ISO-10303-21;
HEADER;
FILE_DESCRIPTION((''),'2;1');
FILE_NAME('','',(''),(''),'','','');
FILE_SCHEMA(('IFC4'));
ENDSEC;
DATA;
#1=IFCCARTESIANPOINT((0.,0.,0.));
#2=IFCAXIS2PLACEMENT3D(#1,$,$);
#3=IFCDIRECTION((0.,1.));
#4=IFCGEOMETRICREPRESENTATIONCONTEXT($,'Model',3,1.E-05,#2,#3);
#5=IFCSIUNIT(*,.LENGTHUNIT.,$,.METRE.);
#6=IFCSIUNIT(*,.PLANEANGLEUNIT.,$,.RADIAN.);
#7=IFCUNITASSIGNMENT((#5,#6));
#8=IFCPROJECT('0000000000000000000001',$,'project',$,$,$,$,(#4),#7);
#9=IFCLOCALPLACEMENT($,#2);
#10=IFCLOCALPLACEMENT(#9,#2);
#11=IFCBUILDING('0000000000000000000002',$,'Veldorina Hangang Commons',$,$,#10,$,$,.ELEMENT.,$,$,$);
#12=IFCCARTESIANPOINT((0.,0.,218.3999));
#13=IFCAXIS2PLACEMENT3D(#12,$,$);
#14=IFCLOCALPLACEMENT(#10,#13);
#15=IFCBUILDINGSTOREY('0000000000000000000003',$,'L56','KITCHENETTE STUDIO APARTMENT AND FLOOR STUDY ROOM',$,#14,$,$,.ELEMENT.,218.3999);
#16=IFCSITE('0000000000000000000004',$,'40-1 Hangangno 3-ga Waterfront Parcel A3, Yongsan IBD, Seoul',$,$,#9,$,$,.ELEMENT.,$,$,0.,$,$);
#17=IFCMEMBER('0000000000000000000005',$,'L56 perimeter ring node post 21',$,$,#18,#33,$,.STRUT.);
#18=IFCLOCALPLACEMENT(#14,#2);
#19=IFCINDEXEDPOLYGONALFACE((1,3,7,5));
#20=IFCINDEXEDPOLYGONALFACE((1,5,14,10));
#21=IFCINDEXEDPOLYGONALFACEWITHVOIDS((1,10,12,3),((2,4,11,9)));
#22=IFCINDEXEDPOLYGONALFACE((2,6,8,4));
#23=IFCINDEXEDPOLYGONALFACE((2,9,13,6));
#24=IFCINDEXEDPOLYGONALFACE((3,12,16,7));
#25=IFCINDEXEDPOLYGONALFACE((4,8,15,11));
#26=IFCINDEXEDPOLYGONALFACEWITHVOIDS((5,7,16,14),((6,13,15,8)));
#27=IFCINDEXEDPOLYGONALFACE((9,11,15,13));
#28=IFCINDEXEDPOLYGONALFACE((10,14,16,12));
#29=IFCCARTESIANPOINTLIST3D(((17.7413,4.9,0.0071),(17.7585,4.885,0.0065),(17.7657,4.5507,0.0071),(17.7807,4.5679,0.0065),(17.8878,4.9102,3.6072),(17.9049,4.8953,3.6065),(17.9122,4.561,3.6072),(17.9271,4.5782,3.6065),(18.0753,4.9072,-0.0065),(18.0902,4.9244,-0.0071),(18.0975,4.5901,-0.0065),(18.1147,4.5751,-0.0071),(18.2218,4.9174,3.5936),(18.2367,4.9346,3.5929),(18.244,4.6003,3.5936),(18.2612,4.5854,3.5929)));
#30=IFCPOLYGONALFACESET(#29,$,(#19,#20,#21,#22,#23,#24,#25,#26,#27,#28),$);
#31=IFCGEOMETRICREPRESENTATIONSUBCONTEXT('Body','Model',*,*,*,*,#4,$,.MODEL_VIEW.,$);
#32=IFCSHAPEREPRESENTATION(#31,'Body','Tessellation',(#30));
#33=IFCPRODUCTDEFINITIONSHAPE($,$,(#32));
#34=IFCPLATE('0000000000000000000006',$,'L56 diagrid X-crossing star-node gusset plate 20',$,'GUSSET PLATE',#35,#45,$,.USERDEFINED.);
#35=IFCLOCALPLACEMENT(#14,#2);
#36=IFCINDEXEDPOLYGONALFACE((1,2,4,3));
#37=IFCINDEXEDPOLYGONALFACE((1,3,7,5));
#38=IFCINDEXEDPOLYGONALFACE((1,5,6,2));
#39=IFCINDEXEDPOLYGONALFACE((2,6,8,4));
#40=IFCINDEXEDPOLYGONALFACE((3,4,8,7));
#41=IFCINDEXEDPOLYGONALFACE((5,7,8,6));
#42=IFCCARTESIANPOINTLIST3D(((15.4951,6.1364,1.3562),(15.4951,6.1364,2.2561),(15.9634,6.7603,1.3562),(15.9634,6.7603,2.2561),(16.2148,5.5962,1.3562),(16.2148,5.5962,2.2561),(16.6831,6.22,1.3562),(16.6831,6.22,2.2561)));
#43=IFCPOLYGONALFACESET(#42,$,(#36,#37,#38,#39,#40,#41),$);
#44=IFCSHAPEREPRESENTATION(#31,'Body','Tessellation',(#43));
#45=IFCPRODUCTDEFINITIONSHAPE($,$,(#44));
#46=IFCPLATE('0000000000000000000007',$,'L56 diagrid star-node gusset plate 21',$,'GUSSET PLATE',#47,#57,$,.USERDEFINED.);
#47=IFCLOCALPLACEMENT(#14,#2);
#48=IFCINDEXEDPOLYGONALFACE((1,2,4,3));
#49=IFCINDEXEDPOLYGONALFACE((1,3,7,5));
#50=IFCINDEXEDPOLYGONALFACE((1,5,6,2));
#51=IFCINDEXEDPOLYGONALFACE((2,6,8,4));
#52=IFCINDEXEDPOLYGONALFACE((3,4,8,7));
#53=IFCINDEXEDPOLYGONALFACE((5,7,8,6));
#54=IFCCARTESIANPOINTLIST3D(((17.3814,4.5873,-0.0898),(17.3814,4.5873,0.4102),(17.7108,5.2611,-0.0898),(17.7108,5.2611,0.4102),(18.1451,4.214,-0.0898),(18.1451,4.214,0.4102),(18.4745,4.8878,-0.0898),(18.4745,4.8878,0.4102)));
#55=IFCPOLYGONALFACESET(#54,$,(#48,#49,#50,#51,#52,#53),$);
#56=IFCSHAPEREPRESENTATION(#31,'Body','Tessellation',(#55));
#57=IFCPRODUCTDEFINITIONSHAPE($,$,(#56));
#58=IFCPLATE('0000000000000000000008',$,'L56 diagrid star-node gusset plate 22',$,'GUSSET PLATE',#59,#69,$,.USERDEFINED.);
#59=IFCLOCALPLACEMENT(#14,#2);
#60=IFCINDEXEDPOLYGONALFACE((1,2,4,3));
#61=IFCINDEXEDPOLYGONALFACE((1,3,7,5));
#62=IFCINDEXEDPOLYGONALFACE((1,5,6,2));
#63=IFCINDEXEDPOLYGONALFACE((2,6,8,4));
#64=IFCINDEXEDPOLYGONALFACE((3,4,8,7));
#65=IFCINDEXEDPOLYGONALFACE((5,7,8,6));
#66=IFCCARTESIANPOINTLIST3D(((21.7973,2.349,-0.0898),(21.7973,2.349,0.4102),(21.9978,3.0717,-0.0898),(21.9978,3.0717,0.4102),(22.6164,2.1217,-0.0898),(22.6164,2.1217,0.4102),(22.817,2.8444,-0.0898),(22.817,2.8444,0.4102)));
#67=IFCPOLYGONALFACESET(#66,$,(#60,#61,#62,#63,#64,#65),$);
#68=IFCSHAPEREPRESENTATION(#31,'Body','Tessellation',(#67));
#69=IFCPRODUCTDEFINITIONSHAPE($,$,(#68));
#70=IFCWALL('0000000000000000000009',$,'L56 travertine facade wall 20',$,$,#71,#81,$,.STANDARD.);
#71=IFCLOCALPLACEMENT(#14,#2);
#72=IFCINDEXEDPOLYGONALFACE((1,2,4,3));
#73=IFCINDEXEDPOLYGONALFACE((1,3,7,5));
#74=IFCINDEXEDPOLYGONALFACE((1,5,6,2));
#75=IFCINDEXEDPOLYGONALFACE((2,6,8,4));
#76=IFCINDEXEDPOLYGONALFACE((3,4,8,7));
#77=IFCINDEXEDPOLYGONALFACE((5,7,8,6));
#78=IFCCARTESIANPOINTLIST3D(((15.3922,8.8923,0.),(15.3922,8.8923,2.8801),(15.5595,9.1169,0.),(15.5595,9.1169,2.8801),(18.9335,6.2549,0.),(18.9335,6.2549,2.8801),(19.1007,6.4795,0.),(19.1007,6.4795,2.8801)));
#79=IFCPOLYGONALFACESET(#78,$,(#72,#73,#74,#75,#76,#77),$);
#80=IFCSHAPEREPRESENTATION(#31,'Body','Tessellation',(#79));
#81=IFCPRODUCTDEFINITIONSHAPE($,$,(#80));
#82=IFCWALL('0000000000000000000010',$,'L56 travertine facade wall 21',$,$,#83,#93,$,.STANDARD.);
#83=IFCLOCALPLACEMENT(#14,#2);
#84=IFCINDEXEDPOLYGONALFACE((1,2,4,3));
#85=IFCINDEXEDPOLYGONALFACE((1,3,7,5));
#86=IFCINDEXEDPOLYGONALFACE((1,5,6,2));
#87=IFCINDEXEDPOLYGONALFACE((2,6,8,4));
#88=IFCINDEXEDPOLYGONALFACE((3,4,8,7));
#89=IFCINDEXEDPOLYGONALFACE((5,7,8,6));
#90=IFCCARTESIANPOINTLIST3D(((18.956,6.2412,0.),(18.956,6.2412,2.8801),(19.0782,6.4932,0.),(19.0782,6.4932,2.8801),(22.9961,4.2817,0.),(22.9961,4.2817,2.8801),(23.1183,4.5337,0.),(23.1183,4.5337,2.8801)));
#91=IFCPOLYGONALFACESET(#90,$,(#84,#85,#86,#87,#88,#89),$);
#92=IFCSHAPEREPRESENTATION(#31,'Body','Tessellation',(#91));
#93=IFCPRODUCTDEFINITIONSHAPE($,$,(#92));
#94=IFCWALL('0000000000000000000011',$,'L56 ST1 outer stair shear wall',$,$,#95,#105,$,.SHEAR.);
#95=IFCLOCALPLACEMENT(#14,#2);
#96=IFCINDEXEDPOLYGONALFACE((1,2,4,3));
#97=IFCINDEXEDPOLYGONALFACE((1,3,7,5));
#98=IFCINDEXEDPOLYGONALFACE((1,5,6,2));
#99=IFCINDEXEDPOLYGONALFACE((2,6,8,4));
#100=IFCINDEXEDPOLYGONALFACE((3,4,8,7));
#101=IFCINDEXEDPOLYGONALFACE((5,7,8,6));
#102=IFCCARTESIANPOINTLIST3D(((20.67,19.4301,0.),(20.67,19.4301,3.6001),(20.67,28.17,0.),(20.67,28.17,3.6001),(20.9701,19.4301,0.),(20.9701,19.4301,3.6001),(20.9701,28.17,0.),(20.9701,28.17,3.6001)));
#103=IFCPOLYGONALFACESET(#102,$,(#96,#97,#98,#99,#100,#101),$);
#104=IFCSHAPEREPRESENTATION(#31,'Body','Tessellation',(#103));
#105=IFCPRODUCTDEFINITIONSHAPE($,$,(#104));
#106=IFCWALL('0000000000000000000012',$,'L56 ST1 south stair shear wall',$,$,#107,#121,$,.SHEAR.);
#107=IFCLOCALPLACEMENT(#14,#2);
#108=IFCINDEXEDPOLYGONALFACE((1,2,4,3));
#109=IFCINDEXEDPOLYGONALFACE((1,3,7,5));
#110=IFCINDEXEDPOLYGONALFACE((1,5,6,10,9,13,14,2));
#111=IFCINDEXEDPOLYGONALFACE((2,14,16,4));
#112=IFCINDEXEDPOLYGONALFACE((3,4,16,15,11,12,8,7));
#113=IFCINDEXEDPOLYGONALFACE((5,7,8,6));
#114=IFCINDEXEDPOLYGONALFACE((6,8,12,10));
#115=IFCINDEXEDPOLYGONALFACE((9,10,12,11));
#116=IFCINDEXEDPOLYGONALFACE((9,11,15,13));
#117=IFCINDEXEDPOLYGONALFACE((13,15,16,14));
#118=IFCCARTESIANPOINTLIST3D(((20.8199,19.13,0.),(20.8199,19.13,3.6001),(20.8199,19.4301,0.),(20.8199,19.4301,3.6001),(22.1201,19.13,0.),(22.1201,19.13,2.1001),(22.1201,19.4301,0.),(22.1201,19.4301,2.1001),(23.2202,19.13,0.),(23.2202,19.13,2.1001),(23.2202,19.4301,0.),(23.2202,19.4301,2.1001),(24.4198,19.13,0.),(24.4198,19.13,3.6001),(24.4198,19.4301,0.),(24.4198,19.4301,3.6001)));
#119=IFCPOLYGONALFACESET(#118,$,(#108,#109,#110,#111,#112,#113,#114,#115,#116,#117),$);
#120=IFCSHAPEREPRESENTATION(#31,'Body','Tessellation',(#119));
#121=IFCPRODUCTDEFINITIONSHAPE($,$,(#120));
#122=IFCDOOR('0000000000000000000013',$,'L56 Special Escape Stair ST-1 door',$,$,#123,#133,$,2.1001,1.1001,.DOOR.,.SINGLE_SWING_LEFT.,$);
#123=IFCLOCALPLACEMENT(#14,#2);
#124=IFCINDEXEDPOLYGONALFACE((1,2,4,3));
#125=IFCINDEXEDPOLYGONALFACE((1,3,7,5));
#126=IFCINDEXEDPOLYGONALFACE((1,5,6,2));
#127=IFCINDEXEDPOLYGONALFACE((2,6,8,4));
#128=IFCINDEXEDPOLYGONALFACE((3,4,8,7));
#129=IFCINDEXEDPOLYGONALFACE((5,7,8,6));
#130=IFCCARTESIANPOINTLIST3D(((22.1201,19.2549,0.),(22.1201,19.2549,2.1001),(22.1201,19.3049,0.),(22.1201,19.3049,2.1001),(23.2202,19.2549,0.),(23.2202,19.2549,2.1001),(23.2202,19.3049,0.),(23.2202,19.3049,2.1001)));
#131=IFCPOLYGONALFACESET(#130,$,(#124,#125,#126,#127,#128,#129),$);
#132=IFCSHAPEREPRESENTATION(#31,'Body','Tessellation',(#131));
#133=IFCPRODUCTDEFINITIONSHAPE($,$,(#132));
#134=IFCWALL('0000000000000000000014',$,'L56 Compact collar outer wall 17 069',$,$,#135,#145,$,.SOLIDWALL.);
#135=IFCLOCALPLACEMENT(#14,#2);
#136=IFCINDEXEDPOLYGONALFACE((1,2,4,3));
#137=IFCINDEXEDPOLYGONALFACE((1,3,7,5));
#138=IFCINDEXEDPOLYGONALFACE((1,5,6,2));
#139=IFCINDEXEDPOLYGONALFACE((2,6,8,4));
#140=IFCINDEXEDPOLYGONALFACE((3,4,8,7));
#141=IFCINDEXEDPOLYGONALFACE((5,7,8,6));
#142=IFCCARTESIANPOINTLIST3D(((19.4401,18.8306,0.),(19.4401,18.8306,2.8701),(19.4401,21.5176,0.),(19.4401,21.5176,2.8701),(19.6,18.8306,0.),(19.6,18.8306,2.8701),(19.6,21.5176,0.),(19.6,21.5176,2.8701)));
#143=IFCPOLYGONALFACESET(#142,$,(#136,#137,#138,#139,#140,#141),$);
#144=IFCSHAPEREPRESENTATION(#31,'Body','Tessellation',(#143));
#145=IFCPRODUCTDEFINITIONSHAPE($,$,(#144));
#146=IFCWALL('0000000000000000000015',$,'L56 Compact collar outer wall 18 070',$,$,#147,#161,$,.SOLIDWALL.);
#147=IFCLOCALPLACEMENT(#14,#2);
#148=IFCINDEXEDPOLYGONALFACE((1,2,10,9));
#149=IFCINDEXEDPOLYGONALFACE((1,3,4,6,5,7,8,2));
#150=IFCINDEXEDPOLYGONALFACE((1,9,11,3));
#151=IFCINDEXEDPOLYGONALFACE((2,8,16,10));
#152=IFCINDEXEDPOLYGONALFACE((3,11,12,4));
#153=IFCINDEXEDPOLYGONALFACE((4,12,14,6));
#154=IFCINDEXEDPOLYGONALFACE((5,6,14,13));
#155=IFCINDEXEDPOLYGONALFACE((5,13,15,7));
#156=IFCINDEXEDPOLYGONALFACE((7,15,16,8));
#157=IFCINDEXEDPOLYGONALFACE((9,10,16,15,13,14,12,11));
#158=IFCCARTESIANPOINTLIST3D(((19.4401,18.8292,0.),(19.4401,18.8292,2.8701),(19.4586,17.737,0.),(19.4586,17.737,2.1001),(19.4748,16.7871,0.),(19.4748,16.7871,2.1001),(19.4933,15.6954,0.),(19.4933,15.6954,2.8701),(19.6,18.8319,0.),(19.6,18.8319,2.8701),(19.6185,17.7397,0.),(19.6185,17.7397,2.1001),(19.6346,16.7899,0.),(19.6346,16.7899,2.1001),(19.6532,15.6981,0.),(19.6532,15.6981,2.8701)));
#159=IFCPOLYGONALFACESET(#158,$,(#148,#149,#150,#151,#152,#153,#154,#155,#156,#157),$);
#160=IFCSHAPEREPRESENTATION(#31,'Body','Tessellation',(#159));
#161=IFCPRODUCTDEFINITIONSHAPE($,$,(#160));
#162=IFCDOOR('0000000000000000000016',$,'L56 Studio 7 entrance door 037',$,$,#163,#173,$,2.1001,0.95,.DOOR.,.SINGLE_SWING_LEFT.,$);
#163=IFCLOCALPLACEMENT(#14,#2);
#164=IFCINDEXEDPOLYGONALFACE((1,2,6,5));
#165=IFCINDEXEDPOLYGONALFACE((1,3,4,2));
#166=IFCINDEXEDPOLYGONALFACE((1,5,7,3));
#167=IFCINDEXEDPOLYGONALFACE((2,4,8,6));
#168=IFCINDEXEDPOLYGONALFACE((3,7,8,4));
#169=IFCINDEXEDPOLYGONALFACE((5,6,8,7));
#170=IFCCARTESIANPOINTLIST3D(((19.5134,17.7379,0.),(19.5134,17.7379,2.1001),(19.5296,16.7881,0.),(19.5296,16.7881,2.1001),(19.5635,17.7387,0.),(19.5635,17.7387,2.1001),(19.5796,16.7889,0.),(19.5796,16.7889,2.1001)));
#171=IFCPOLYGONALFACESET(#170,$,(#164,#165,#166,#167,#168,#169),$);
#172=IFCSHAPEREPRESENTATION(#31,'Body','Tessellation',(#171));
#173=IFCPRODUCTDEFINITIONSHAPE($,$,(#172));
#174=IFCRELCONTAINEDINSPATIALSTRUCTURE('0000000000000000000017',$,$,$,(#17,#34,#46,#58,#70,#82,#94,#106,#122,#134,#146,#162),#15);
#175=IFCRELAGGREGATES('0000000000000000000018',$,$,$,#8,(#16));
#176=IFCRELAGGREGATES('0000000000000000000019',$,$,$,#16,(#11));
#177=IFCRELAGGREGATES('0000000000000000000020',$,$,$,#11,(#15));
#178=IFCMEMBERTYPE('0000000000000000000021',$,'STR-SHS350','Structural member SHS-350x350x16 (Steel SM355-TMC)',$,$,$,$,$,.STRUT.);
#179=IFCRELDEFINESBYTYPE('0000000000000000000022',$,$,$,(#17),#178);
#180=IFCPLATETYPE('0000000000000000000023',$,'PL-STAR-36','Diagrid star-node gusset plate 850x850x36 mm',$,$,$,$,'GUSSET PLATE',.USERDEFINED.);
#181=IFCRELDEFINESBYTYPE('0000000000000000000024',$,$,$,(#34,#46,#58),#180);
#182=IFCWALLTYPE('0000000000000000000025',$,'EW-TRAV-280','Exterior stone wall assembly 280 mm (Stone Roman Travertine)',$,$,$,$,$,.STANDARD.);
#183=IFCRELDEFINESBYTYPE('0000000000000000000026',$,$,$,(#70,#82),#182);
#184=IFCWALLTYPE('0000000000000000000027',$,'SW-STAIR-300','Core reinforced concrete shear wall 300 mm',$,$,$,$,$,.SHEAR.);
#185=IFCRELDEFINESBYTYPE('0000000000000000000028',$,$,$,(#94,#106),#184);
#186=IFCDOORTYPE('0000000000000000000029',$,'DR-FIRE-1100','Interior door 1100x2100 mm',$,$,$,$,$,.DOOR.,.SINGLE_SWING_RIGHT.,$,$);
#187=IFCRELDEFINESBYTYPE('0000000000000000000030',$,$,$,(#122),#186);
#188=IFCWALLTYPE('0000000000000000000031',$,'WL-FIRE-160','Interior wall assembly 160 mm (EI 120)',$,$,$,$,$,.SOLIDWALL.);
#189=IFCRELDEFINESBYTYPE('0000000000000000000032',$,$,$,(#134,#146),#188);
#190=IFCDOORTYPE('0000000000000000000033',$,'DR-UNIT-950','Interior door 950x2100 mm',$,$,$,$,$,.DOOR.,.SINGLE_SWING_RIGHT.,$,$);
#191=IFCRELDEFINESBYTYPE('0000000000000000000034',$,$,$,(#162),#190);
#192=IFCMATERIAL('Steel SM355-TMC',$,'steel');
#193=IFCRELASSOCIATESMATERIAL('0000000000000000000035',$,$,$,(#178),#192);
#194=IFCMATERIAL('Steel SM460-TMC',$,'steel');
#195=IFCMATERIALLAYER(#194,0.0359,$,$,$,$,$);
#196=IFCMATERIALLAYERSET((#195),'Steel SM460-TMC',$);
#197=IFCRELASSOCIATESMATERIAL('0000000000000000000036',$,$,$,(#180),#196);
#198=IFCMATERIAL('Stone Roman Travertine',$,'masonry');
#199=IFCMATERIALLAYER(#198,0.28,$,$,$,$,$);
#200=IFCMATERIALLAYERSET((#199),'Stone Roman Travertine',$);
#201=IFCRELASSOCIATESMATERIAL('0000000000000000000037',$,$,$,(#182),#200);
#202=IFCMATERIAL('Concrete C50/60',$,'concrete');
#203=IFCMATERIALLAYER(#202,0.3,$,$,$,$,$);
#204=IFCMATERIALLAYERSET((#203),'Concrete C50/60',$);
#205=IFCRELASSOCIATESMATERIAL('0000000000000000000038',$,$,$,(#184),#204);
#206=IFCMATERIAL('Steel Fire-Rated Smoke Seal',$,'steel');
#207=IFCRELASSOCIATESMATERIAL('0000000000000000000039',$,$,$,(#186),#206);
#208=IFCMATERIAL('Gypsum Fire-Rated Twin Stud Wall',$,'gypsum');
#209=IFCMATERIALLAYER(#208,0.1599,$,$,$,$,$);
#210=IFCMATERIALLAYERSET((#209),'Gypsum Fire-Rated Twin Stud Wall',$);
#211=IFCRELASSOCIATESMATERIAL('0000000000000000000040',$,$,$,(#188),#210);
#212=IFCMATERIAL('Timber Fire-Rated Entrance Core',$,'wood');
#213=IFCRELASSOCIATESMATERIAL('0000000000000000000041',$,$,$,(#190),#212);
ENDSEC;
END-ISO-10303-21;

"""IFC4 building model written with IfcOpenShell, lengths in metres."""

from ifc_helpers import new_model, si_unit, direction, frame, frame_2d, origin, origin_2d, place, context, subcontext, project, spatial, rectangle, hollow_rectangle, extrude, material, layer, layer_set, material_profile, profile_set, type_object, element, fill, save


model = new_model("IFC4")

# Units and contexts
model_context = context("Model", 3, precision=1e-05, world=origin(), true_north=direction((0.0, 1.0)))
body_context = subcontext(model_context, "Body", "Model", "MODEL_VIEW")
ifc_project = project(units=[si_unit("LENGTHUNIT", "METRE"), si_unit("PLANEANGLEUNIT", "RADIAN")], contexts=[model_context])

# Site, building, storey
site_placement = place(None, origin())
site = spatial("IfcSite", under=ifc_project, at=site_placement, Name="40-1 Hangangno 3-ga Waterfront Parcel A3, Yongsan IBD, Seoul", CompositionType="ELEMENT", RefElevation=0.0)
building_placement = place(site_placement, origin())
building = spatial("IfcBuilding", under=site, at=building_placement, Name="Veldorina Hangang Commons", CompositionType="ELEMENT")
storey_placement = place(building_placement, frame((0.0, 0.0, 218.3999)))
storey = spatial("IfcBuildingStorey", under=building, at=storey_placement, Name="L56", Description="KITCHENETTE STUDIO APARTMENT AND FLOOR STUDY ROOM", CompositionType="ELEMENT", Elevation=218.3999)

# Shared definitions
ifc_material_1 = material(Name="Steel SM355-TMC", Category="steel")

# Member
ifc_material_profile_1 = material_profile(ifc_material_1, hollow_rectangle(XDim=0.3501, YDim=0.3501, WallThickness=0.0161, at=origin_2d()), Name="SHS-350x350x16")
ifc_profile_set_1 = profile_set([ifc_material_profile_1], Name="Steel SM355-TMC")
member_type_1 = type_object("IfcMemberType", Name="STR-SHS350", Description="Structural member SHS-350x350x16 (Steel SM355-TMC)", PredefinedType="STRUT", material=ifc_profile_set_1)
member_1_placement = place(storey_placement, frame((17.928, 4.7375, 0.0), z_axis=(0.040655, 0.002846, 0.999169), x_axis=(-0.069829, 0.997559, 0.0)))
element("IfcMember", 1, at=member_1_placement, inside=storey, type_object=member_type_1, Name="L56 perimeter ring node post 21", PredefinedType="STRUT", context=body_context, shape_type="SweptSolid", body=[
    extrude(hollow_rectangle(XDim=0.3501, YDim=0.3501, WallThickness=0.0161, at=origin_2d()), origin(), (0.0, 0.0, 1.0), 3.603),
])

# Plates
ifc_material_2 = material(Name="Steel SM460-TMC", Category="steel")
ifc_layer_1 = layer(ifc_material_2, 0.0359)
ifc_layer_set_1 = layer_set([ifc_layer_1], Name="Steel SM460-TMC")
plate_type = type_object("IfcPlateType", Name="PL-STAR-36", Description="Diagrid star-node gusset plate 850x850x36 mm", ElementType="GUSSET PLATE", PredefinedType="USERDEFINED", material=ifc_layer_set_1)
plate_placement = place(storey_placement, frame((16.0891, 6.1782, 1.3562), z_axis=(0.0, 0.0, 1.0), x_axis=(0.799758, -0.600323, 0.0)))
element("IfcPlate", 2, at=plate_placement, inside=storey, type_object=plate_type, Name="L56 diagrid X-crossing star-node gusset plate 20", ObjectType="GUSSET PLATE", PredefinedType="USERDEFINED", context=body_context, shape_type="SweptSolid", body=[
    extrude(rectangle(XDim=0.8999, YDim=0.78, at=origin_2d()), origin(), (0.0, 0.0, 1.0), 0.8999),
])
for number, where, z_axis, x_axis, name in (
    (3, (17.928, 4.7375, -0.0898), (0.0, 0.0, 1.0), (0.898388, -0.439202, 0.0), "L56 diagrid star-node gusset plate 21"),
    (4, (22.3071, 2.5967, -0.0898), (0.0, 0.0, 1.0), (0.963593, -0.267373, 0.0), "L56 diagrid star-node gusset plate 22"),
):
    element("IfcPlate", number, at=place(storey_placement, frame(where, z_axis=z_axis, x_axis=x_axis)), inside=storey, type_object=plate_type, Name=name, ObjectType="GUSSET PLATE", PredefinedType="USERDEFINED", context=body_context, shape_type="SweptSolid", body=[
        extrude(rectangle(XDim=0.8501, YDim=0.75, at=origin_2d()), origin(), (0.0, 0.0, 1.0), 0.5),
    ])

# Walls
ifc_material_3 = material(Name="Stone Roman Travertine", Category="masonry")
ifc_layer_2 = layer(ifc_material_3, 0.28)
ifc_layer_set_2 = layer_set([ifc_layer_2], Name="Stone Roman Travertine")
wall_type_1 = type_object("IfcWallType", Name="EW-TRAV-280", Description="Exterior stone wall assembly 280 mm (Stone Roman Travertine)", PredefinedType="STANDARD", material=ifc_layer_set_2)
wall_1_placement = place(storey_placement, frame((15.4758, 9.0046, 0.0), z_axis=(0.0, 0.0, 1.0), x_axis=(0.802006, -0.597316, 0.0)))
element("IfcWall", 5, at=wall_1_placement, inside=storey, type_object=wall_type_1, Name="L56 travertine facade wall 20", PredefinedType="STANDARD", context=body_context, shape_type="SweptSolid", body=[
    extrude(rectangle(XDim=4.4155, YDim=0.28, at=frame_2d((2.2078, 0.0))), origin(), (0.0, 0.0, 1.0), 2.8801),
])
wall_2_placement = place(storey_placement, frame((19.0171, 6.3672, 0.0), z_axis=(0.0, 0.0, 1.0), x_axis=(0.899756, -0.436394, 0.0)))
element("IfcWall", 6, at=wall_2_placement, inside=storey, type_object=wall_type_1, Name="L56 travertine facade wall 21", PredefinedType="STANDARD", context=body_context, shape_type="SweptSolid", body=[
    extrude(rectangle(XDim=4.4902, YDim=0.28, at=frame_2d((2.2451, 0.0))), origin(), (0.0, 0.0, 1.0), 2.8801),
])
ifc_material_4 = material(Name="Concrete C50/60", Category="concrete")
ifc_layer_3 = layer(ifc_material_4, 0.3)
ifc_layer_set_3 = layer_set([ifc_layer_3], Name="Concrete C50/60")
wall_type_2 = type_object("IfcWallType", Name="SW-STAIR-300", Description="Core reinforced concrete shear wall 300 mm", PredefinedType="SHEAR", material=ifc_layer_set_3)
wall_3_placement = place(storey_placement, frame((20.8201, 19.4299, 0.0), z_axis=(0.0, 0.0, 1.0), x_axis=(0.0, 1.0, 0.0)))
element("IfcWall", 7, at=wall_3_placement, inside=storey, type_object=wall_type_2, Name="L56 ST1 outer stair shear wall", PredefinedType="SHEAR", context=body_context, shape_type="SweptSolid", body=[
    extrude(rectangle(XDim=8.74, YDim=0.3, at=frame_2d((4.3701, 0.0))), origin(), (0.0, 0.0, 1.0), 3.6001),
])

# Wall, opening, door
wall_4_placement = place(storey_placement, frame((20.8201, 19.28, 0.0), z_axis=(0.0, 0.0, 1.0), x_axis=(1.0, 0.0, 0.0)))
wall_4 = element("IfcWall", 8, at=wall_4_placement, inside=storey, type_object=wall_type_2, Name="L56 ST1 south stair shear wall", PredefinedType="SHEAR", context=body_context, shape_type="SweptSolid", body=[
    extrude(rectangle(XDim=3.5999, YDim=0.3, at=frame_2d((1.7998, 0.0))), origin(), (0.0, 0.0, 1.0), 3.6001),
])
opening_1_placement = place(wall_4_placement, frame((1.3, 0.0, 0.0)))
opening_1 = element("IfcOpeningElement", 9, at=opening_1_placement, cuts=wall_4, PredefinedType="OPENING", context=body_context, shape_type="SweptSolid", body=[
    extrude(rectangle(XDim=1.1001, YDim=2.1001, at=frame_2d((0.55, 1.05))), frame((0.0, 0.1602, 0.0), z_axis=(0.0, -1.0, 0.0), x_axis=(1.0, 0.0, 0.0)), (0.0, 0.0, 1.0), 0.3201),
])
ifc_material_5 = material(Name="Steel Fire-Rated Smoke Seal", Category="steel")
door_type_1 = type_object("IfcDoorType", Name="DR-FIRE-1100", Description="Interior door 1100x2100 mm", OperationType="SINGLE_SWING_RIGHT", PredefinedType="DOOR", material=ifc_material_5)
door_1_placement = place(opening_1_placement, origin())
door_1 = element("IfcDoor", 10, at=door_1_placement, inside=storey, type_object=door_type_1, Name="L56 Special Escape Stair ST-1 door", OperationType="SINGLE_SWING_LEFT", OverallHeight=2.1001, OverallWidth=1.1001, PredefinedType="DOOR", context=body_context, shape_type="SweptSolid", body=[
    extrude(rectangle(XDim=1.1001, YDim=2.1001, at=frame_2d((0.55, 1.05))), frame((0.0, 0.0249, 0.0), z_axis=(0.0, -1.0, 0.0), x_axis=(1.0, 0.0, 0.0)), (0.0, 0.0, 1.0), 0.05),
])
fill(opening_1, door_1)

# Wall
ifc_material_6 = material(Name="Gypsum Fire-Rated Twin Stud Wall", Category="gypsum")
ifc_layer_4 = layer(ifc_material_6, 0.1599)
ifc_layer_set_4 = layer_set([ifc_layer_4], Name="Gypsum Fire-Rated Twin Stud Wall")
wall_type_3 = type_object("IfcWallType", Name="WL-FIRE-160", Description="Interior wall assembly 160 mm (EI 120)", PredefinedType="SOLIDWALL", material=ifc_layer_set_4)
wall_5_placement = place(storey_placement, frame((19.52, 21.5176, 0.0), z_axis=(0.0, 0.0, 1.0), x_axis=(0.0, -1.0, 0.0)))
element("IfcWall", 11, at=wall_5_placement, inside=storey, type_object=wall_type_3, Name="L56 Compact collar outer wall 17 069", PredefinedType="SOLIDWALL", context=body_context, shape_type="SweptSolid", body=[
    extrude(rectangle(XDim=2.687, YDim=0.1599, at=frame_2d((1.3435, 0.0))), origin(), (0.0, 0.0, 1.0), 2.8701),
])

# Wall, opening, door
wall_6_placement = place(storey_placement, frame((19.52, 18.8306, 0.0), z_axis=(0.0, 0.0, 1.0), x_axis=(0.016981, -0.999856, 0.0)))
wall_6 = element("IfcWall", 12, at=wall_6_placement, inside=storey, type_object=wall_type_3, Name="L56 Compact collar outer wall 18 070", PredefinedType="SOLIDWALL", context=body_context, shape_type="SweptSolid", body=[
    extrude(rectangle(XDim=3.1343, YDim=0.1599, at=frame_2d((1.5671, 0.0))), origin(), (0.0, 0.0, 1.0), 2.8701),
])
opening_2_placement = place(wall_6_placement, frame((1.0923, 0.0, 0.0)))
opening_2 = element("IfcOpeningElement", 13, at=opening_2_placement, cuts=wall_6, PredefinedType="OPENING", context=body_context, shape_type="SweptSolid", body=[
    extrude(rectangle(XDim=0.95, YDim=2.1001, at=frame_2d((0.4751, 1.05))), frame((0.0, 0.0898, 0.0), z_axis=(0.0, -1.0, 0.0), x_axis=(1.0, 0.0, 0.0)), (0.0, 0.0, 1.0), 0.1799),
])
ifc_material_7 = material(Name="Timber Fire-Rated Entrance Core", Category="wood")
door_type_2 = type_object("IfcDoorType", Name="DR-UNIT-950", Description="Interior door 950x2100 mm", OperationType="SINGLE_SWING_RIGHT", PredefinedType="DOOR", material=ifc_material_7)
door_2_placement = place(opening_2_placement, origin())
door_2 = element("IfcDoor", 14, at=door_2_placement, inside=storey, type_object=door_type_2, Name="L56 Studio 7 entrance door 037", OperationType="SINGLE_SWING_LEFT", OverallHeight=2.1001, OverallWidth=0.95, PredefinedType="DOOR", context=body_context, shape_type="SweptSolid", body=[
    extrude(rectangle(XDim=0.95, YDim=2.1001, at=frame_2d((0.4751, 1.05))), frame((0.0, 0.0249, 0.0), z_axis=(0.0, -1.0, 0.0), x_axis=(1.0, 0.0, 0.0)), (0.0, 0.0, 1.0), 0.05),
])
fill(opening_2, door_2)

save(model, "model.ifc")
